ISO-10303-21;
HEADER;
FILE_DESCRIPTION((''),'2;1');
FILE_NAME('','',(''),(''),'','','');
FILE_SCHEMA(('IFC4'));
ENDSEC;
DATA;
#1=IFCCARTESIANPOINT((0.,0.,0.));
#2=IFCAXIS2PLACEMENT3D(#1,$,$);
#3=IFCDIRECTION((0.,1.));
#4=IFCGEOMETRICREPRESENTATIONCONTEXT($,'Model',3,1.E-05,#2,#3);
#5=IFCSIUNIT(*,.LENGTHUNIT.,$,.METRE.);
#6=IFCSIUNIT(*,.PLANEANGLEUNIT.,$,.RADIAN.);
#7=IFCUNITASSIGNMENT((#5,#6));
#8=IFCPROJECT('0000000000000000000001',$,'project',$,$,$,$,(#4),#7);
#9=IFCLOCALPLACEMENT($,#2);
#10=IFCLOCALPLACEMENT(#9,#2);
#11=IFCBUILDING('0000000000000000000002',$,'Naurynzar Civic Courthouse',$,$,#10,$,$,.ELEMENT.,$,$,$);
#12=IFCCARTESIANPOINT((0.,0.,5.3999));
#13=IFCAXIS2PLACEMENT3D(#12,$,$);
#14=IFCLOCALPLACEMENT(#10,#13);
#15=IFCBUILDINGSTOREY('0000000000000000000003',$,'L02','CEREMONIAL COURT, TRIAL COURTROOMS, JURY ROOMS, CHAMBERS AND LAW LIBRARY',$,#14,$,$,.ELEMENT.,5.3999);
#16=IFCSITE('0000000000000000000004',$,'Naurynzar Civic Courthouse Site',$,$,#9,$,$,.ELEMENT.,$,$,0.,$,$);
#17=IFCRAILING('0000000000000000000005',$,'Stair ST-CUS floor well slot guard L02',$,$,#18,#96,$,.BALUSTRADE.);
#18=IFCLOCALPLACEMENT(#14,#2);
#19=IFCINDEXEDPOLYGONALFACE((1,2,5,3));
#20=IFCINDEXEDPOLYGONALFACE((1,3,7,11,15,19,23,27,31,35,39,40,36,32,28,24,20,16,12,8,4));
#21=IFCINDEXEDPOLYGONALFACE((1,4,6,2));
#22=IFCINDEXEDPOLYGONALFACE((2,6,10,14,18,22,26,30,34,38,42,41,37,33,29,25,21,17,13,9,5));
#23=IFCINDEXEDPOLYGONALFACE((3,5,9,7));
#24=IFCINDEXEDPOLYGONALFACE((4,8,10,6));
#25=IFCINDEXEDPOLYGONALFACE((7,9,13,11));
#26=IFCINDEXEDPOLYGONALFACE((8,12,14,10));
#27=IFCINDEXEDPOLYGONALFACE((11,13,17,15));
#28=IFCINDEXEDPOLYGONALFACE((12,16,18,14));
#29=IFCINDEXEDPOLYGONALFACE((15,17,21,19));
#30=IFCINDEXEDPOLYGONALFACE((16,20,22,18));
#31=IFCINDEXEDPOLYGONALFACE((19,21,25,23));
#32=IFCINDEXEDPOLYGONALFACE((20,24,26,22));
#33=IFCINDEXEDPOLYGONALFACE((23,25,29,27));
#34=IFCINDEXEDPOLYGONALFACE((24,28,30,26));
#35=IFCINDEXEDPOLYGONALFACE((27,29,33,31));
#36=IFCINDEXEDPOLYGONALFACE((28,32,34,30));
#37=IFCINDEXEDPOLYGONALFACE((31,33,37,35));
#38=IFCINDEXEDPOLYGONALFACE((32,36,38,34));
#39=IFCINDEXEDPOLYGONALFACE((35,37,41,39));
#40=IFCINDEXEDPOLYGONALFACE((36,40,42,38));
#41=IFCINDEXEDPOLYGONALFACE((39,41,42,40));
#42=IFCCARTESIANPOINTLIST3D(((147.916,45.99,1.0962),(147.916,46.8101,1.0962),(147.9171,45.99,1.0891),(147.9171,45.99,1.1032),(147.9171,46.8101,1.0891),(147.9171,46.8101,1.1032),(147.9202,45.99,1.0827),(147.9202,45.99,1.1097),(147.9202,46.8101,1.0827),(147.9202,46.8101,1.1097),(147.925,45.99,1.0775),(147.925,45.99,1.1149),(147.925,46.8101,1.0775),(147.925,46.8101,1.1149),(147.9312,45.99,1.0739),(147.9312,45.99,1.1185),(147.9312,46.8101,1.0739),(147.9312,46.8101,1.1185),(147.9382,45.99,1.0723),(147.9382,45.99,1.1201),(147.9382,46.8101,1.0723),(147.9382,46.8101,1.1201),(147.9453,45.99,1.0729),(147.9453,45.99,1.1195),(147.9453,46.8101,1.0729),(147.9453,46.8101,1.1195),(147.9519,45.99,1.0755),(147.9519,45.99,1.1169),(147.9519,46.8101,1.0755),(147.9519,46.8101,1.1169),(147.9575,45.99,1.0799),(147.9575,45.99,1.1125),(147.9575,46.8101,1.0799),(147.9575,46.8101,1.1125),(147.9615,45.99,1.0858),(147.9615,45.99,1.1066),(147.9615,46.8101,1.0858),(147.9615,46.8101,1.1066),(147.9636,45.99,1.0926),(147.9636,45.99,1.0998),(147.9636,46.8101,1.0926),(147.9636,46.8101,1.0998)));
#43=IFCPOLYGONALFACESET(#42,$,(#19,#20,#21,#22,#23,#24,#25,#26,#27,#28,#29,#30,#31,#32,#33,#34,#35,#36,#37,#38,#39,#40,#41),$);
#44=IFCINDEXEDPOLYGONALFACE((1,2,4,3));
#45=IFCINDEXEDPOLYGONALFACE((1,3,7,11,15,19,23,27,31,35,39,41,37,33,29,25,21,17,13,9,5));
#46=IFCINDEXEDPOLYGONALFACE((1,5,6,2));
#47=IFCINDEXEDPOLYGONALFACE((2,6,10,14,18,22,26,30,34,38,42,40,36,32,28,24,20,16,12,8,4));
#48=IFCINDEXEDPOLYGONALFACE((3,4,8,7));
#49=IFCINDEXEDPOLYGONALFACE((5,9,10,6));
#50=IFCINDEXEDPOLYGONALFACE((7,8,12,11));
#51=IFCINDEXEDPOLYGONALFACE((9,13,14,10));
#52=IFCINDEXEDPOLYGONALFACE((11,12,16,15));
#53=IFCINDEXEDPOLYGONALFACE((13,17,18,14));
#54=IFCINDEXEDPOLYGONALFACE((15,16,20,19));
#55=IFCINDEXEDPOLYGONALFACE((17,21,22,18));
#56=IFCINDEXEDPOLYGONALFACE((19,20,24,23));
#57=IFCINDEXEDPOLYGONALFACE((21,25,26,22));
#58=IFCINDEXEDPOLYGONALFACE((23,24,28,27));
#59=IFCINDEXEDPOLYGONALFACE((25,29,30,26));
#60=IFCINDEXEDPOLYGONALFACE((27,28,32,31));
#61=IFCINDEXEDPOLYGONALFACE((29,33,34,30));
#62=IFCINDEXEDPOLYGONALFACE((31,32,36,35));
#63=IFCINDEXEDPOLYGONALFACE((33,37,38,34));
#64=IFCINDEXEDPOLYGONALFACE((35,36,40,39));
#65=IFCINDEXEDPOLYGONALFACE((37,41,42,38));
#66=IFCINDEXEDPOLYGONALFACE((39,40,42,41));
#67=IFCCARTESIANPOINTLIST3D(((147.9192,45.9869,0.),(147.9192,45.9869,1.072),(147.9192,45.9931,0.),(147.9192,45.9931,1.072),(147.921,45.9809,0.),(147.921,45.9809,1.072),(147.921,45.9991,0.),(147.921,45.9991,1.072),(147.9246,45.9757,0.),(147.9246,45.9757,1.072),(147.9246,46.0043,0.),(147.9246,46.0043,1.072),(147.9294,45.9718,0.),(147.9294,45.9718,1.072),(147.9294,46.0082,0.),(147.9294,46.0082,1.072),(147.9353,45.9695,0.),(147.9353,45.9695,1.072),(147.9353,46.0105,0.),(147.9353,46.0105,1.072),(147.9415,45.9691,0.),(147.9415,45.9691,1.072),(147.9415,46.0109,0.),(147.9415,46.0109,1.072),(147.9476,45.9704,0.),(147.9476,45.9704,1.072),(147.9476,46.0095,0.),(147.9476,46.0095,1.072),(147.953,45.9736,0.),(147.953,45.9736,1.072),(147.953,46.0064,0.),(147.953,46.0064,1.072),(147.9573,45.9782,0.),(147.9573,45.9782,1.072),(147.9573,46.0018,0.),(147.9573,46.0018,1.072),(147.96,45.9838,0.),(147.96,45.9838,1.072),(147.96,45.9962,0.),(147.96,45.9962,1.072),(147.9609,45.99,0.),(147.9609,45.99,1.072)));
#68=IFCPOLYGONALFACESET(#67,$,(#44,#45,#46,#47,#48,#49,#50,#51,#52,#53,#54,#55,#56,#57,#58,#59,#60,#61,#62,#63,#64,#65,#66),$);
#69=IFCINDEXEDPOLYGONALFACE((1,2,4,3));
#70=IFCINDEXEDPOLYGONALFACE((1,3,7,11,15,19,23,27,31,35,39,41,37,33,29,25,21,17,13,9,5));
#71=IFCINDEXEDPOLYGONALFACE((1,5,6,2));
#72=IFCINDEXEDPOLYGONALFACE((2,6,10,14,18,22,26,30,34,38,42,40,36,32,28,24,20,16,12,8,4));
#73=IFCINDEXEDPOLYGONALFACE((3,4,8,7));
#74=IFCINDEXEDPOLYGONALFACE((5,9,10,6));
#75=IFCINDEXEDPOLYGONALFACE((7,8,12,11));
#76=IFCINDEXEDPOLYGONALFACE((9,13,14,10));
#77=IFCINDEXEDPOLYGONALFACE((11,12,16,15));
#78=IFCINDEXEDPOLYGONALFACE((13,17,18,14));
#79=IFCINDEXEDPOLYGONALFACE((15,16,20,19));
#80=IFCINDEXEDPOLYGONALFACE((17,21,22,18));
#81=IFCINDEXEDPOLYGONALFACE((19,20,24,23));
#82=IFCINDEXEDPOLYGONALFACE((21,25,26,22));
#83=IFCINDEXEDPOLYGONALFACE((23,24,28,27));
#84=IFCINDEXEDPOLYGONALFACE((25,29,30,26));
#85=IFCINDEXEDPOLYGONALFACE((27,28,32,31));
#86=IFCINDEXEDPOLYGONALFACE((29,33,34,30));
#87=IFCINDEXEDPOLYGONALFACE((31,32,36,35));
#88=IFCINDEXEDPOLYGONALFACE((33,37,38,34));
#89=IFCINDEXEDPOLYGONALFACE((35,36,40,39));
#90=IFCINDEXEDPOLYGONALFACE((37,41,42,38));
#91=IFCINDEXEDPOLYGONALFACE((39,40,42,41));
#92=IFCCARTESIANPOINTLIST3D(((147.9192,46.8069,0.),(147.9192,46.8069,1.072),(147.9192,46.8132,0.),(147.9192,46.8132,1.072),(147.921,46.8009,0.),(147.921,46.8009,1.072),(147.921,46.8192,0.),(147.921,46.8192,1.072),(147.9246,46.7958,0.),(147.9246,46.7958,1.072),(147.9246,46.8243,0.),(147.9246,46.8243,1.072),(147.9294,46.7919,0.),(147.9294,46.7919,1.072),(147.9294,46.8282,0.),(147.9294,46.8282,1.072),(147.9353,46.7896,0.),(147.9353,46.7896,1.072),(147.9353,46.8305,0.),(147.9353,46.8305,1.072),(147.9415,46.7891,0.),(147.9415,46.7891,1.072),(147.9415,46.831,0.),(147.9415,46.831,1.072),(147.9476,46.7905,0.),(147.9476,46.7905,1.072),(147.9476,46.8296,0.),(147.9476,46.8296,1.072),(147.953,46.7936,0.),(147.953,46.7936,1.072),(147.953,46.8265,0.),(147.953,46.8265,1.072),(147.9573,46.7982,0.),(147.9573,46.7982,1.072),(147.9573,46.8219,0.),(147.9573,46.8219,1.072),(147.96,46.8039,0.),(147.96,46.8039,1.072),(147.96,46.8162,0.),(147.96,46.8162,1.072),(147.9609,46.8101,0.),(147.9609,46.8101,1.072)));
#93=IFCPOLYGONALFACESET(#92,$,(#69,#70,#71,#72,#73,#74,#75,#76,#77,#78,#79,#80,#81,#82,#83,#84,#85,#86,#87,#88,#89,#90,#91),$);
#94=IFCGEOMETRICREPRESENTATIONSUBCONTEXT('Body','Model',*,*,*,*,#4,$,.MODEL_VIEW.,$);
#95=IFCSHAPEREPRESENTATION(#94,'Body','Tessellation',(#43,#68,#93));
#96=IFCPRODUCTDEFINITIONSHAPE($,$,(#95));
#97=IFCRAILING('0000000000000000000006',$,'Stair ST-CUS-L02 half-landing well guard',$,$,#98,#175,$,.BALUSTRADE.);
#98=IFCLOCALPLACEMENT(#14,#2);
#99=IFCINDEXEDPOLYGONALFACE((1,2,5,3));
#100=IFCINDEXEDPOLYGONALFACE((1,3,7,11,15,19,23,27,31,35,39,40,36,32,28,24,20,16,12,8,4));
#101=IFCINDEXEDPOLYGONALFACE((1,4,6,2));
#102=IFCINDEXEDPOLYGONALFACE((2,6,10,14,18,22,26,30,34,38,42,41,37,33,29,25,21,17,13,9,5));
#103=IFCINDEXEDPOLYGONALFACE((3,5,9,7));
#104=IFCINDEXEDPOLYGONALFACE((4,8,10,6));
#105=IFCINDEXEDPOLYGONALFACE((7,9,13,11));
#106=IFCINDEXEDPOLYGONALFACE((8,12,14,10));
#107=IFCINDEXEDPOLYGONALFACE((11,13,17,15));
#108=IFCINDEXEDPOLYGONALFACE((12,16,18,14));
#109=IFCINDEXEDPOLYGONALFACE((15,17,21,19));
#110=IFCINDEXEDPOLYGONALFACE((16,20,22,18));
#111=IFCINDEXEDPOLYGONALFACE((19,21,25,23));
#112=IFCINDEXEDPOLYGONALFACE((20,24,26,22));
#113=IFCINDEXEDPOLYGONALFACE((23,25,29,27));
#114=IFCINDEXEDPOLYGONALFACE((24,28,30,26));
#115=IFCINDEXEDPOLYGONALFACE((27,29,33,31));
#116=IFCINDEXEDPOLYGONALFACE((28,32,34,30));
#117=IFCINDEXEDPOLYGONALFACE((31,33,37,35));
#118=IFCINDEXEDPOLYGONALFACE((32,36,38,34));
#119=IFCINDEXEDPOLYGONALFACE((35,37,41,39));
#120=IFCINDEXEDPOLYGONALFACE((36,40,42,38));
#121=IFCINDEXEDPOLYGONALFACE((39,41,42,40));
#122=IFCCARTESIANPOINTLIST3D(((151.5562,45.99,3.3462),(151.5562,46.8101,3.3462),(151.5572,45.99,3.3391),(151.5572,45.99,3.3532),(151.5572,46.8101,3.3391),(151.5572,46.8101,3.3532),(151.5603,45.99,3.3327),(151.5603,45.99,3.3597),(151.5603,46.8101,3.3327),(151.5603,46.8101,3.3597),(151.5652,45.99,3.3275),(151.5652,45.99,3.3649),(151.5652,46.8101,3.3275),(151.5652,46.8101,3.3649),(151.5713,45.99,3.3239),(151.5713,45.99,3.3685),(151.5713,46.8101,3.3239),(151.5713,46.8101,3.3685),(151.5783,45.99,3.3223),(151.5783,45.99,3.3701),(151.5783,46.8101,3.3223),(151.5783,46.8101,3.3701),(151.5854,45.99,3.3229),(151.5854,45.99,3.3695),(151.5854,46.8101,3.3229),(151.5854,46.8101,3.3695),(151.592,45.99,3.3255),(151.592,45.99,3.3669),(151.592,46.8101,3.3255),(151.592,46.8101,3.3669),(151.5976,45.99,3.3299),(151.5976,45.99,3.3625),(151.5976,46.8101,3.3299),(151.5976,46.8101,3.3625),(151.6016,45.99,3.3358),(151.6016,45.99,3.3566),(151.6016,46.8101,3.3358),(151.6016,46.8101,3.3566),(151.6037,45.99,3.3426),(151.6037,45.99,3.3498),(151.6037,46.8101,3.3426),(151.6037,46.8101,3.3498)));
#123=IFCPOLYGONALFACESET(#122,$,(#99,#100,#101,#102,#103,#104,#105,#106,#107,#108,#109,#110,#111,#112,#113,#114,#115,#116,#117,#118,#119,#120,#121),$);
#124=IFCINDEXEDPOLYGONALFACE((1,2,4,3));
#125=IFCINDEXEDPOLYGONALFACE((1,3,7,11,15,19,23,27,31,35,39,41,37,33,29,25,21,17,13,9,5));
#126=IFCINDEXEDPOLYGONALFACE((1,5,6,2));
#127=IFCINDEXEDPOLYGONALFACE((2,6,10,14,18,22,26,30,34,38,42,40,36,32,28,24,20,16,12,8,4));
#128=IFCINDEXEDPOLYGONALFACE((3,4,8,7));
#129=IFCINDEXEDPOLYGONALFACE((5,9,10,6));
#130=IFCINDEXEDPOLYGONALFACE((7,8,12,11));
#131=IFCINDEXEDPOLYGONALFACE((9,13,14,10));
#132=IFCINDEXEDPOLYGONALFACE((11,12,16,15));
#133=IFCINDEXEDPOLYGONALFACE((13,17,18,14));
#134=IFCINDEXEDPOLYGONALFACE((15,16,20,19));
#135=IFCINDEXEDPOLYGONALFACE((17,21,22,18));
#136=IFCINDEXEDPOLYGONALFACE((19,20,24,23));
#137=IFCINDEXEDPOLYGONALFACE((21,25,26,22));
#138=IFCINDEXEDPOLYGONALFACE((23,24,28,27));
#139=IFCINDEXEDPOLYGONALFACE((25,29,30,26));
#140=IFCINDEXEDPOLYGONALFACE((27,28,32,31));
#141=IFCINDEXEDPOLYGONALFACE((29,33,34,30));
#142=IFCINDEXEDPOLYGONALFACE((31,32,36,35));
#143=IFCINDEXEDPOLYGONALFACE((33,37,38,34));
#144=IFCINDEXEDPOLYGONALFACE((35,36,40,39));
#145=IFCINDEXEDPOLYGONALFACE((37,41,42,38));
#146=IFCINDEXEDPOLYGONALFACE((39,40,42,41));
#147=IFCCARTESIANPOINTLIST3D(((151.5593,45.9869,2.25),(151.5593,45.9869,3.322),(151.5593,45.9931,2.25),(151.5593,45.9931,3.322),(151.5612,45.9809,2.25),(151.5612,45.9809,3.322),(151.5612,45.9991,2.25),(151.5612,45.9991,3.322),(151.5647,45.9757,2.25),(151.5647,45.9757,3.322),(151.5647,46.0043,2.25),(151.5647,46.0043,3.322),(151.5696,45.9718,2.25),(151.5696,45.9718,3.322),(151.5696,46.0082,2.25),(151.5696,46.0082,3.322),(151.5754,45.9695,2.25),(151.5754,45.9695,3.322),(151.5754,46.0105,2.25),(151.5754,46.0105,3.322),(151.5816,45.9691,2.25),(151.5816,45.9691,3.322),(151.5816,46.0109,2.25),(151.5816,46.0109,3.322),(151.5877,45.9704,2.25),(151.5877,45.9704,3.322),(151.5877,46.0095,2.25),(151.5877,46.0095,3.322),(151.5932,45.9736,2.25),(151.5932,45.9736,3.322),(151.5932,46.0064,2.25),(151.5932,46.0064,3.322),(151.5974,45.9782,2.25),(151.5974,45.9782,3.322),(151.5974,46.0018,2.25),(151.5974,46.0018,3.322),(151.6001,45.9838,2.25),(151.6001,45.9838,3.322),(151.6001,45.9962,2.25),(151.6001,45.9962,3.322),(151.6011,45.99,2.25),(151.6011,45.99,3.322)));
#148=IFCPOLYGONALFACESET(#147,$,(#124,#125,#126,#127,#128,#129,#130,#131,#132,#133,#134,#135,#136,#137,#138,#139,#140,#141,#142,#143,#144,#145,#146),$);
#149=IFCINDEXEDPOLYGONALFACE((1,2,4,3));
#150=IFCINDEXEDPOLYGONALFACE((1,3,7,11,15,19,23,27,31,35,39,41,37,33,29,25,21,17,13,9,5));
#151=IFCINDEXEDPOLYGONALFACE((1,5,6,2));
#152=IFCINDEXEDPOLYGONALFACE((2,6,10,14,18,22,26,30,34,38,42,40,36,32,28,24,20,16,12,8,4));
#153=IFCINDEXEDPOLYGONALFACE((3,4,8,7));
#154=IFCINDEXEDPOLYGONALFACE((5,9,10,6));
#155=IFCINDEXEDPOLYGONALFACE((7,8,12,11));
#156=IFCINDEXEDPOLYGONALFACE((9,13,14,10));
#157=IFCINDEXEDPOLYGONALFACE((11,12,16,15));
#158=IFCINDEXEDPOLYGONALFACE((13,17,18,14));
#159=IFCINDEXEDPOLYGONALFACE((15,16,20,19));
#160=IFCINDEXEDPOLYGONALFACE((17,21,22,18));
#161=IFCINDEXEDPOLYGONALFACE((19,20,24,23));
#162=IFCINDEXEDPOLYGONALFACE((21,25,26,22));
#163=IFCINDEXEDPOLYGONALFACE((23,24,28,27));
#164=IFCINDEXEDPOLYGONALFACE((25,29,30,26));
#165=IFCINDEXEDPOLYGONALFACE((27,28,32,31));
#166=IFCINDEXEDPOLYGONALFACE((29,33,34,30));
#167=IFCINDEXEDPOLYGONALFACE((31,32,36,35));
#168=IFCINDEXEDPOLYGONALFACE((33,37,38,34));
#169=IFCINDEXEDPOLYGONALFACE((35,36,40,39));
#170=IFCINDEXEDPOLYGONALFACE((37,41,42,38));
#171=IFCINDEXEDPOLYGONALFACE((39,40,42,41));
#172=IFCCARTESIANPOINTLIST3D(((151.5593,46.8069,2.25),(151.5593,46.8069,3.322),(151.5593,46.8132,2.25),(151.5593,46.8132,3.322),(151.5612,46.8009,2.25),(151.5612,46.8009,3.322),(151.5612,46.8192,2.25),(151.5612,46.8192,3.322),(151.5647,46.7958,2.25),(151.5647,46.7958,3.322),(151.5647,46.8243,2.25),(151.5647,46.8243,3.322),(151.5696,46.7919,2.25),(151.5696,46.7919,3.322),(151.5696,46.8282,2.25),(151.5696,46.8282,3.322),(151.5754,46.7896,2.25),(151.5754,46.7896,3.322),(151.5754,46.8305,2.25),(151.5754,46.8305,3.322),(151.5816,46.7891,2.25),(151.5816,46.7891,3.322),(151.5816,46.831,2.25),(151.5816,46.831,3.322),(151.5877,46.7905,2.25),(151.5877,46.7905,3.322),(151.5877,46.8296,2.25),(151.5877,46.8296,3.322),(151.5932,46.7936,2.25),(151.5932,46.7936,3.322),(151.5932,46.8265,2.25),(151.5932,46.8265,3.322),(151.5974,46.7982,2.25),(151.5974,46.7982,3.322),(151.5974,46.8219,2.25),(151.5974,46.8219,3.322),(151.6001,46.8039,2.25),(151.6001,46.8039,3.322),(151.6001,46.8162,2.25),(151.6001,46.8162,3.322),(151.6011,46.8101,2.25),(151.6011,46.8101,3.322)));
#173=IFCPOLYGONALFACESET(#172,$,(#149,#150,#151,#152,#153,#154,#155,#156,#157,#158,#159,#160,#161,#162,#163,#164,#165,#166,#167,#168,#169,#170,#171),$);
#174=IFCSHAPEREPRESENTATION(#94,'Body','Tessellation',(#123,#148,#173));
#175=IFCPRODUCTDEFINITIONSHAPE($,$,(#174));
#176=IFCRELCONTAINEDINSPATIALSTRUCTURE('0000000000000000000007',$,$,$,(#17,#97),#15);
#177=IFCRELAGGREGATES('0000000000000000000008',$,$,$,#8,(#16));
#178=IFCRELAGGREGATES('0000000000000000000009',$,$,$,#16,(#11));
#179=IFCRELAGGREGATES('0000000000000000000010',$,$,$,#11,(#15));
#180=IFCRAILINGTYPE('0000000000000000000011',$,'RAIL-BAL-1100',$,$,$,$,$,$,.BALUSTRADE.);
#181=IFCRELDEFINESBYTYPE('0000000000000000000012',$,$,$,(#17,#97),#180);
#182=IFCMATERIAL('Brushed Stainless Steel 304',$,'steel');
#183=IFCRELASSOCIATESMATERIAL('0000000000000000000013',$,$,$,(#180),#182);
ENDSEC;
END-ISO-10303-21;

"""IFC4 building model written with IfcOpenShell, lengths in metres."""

from ifc_helpers import new_model, si_unit, direction, frame, origin, origin_2d, place, context, subcontext, project, spatial, circle, extrude, material, type_object, element, save


model = new_model("IFC4")

# Units and contexts
model_context = context("Model", 3, precision=1e-05, world=origin(), true_north=direction((0.0, 1.0)))
body_context = subcontext(model_context, "Body", "Model", "MODEL_VIEW")
ifc_project = project(units=[si_unit("LENGTHUNIT", "METRE"), si_unit("PLANEANGLEUNIT", "RADIAN")], contexts=[model_context])

# Site, building, storey
site_placement = place(None, origin())
site = spatial("IfcSite", under=ifc_project, at=site_placement, Name="Naurynzar Civic Courthouse Site", CompositionType="ELEMENT", RefElevation=0.0)
building_placement = place(site_placement, origin())
building = spatial("IfcBuilding", under=site, at=building_placement, Name="Naurynzar Civic Courthouse", CompositionType="ELEMENT")
storey_placement = place(building_placement, frame((0.0, 0.0, 5.3999)))
storey = spatial("IfcBuildingStorey", under=building, at=storey_placement, Name="L02", Description="CEREMONIAL COURT, TRIAL COURTROOMS, JURY ROOMS, CHAMBERS AND LAW LIBRARY", CompositionType="ELEMENT", Elevation=5.3999)

# Railings
ifc_material_1 = material(Name="Brushed Stainless Steel 304", Category="steel")
railing_type_1 = type_object("IfcRailingType", Name="RAIL-BAL-1100", PredefinedType="BALUSTRADE", material=ifc_material_1)
for number, where, name in (
    (1, (147.9399, 45.99, 0.0), "Stair ST-CUS floor well slot guard L02"),
    (2, (151.5801, 45.99, 2.25), "Stair ST-CUS-L02 half-landing well guard"),
):
    element("IfcRailing", number, at=place(storey_placement, frame(where)), inside=storey, type_object=railing_type_1, Name=name, PredefinedType="BALUSTRADE", context=body_context, shape_type="SweptSolid", body=[
        extrude(circle(Radius=0.0239, at=origin_2d()), frame((0.0, 0.0, 1.0962), z_axis=(0.0, 1.0, 0.0), x_axis=(-1.0, 0.0, 0.0)), (0.0, 0.0, 1.0), 0.8201),
        extrude(circle(Radius=0.021, at=origin_2d()), origin(), (0.0, 0.0, 1.0), 1.072),
        extrude(circle(Radius=0.021, at=origin_2d()), frame((0.0, 0.8201, 0.0)), (0.0, 0.0, 1.0), 1.072),
    ])

save(model, "model.ifc")
